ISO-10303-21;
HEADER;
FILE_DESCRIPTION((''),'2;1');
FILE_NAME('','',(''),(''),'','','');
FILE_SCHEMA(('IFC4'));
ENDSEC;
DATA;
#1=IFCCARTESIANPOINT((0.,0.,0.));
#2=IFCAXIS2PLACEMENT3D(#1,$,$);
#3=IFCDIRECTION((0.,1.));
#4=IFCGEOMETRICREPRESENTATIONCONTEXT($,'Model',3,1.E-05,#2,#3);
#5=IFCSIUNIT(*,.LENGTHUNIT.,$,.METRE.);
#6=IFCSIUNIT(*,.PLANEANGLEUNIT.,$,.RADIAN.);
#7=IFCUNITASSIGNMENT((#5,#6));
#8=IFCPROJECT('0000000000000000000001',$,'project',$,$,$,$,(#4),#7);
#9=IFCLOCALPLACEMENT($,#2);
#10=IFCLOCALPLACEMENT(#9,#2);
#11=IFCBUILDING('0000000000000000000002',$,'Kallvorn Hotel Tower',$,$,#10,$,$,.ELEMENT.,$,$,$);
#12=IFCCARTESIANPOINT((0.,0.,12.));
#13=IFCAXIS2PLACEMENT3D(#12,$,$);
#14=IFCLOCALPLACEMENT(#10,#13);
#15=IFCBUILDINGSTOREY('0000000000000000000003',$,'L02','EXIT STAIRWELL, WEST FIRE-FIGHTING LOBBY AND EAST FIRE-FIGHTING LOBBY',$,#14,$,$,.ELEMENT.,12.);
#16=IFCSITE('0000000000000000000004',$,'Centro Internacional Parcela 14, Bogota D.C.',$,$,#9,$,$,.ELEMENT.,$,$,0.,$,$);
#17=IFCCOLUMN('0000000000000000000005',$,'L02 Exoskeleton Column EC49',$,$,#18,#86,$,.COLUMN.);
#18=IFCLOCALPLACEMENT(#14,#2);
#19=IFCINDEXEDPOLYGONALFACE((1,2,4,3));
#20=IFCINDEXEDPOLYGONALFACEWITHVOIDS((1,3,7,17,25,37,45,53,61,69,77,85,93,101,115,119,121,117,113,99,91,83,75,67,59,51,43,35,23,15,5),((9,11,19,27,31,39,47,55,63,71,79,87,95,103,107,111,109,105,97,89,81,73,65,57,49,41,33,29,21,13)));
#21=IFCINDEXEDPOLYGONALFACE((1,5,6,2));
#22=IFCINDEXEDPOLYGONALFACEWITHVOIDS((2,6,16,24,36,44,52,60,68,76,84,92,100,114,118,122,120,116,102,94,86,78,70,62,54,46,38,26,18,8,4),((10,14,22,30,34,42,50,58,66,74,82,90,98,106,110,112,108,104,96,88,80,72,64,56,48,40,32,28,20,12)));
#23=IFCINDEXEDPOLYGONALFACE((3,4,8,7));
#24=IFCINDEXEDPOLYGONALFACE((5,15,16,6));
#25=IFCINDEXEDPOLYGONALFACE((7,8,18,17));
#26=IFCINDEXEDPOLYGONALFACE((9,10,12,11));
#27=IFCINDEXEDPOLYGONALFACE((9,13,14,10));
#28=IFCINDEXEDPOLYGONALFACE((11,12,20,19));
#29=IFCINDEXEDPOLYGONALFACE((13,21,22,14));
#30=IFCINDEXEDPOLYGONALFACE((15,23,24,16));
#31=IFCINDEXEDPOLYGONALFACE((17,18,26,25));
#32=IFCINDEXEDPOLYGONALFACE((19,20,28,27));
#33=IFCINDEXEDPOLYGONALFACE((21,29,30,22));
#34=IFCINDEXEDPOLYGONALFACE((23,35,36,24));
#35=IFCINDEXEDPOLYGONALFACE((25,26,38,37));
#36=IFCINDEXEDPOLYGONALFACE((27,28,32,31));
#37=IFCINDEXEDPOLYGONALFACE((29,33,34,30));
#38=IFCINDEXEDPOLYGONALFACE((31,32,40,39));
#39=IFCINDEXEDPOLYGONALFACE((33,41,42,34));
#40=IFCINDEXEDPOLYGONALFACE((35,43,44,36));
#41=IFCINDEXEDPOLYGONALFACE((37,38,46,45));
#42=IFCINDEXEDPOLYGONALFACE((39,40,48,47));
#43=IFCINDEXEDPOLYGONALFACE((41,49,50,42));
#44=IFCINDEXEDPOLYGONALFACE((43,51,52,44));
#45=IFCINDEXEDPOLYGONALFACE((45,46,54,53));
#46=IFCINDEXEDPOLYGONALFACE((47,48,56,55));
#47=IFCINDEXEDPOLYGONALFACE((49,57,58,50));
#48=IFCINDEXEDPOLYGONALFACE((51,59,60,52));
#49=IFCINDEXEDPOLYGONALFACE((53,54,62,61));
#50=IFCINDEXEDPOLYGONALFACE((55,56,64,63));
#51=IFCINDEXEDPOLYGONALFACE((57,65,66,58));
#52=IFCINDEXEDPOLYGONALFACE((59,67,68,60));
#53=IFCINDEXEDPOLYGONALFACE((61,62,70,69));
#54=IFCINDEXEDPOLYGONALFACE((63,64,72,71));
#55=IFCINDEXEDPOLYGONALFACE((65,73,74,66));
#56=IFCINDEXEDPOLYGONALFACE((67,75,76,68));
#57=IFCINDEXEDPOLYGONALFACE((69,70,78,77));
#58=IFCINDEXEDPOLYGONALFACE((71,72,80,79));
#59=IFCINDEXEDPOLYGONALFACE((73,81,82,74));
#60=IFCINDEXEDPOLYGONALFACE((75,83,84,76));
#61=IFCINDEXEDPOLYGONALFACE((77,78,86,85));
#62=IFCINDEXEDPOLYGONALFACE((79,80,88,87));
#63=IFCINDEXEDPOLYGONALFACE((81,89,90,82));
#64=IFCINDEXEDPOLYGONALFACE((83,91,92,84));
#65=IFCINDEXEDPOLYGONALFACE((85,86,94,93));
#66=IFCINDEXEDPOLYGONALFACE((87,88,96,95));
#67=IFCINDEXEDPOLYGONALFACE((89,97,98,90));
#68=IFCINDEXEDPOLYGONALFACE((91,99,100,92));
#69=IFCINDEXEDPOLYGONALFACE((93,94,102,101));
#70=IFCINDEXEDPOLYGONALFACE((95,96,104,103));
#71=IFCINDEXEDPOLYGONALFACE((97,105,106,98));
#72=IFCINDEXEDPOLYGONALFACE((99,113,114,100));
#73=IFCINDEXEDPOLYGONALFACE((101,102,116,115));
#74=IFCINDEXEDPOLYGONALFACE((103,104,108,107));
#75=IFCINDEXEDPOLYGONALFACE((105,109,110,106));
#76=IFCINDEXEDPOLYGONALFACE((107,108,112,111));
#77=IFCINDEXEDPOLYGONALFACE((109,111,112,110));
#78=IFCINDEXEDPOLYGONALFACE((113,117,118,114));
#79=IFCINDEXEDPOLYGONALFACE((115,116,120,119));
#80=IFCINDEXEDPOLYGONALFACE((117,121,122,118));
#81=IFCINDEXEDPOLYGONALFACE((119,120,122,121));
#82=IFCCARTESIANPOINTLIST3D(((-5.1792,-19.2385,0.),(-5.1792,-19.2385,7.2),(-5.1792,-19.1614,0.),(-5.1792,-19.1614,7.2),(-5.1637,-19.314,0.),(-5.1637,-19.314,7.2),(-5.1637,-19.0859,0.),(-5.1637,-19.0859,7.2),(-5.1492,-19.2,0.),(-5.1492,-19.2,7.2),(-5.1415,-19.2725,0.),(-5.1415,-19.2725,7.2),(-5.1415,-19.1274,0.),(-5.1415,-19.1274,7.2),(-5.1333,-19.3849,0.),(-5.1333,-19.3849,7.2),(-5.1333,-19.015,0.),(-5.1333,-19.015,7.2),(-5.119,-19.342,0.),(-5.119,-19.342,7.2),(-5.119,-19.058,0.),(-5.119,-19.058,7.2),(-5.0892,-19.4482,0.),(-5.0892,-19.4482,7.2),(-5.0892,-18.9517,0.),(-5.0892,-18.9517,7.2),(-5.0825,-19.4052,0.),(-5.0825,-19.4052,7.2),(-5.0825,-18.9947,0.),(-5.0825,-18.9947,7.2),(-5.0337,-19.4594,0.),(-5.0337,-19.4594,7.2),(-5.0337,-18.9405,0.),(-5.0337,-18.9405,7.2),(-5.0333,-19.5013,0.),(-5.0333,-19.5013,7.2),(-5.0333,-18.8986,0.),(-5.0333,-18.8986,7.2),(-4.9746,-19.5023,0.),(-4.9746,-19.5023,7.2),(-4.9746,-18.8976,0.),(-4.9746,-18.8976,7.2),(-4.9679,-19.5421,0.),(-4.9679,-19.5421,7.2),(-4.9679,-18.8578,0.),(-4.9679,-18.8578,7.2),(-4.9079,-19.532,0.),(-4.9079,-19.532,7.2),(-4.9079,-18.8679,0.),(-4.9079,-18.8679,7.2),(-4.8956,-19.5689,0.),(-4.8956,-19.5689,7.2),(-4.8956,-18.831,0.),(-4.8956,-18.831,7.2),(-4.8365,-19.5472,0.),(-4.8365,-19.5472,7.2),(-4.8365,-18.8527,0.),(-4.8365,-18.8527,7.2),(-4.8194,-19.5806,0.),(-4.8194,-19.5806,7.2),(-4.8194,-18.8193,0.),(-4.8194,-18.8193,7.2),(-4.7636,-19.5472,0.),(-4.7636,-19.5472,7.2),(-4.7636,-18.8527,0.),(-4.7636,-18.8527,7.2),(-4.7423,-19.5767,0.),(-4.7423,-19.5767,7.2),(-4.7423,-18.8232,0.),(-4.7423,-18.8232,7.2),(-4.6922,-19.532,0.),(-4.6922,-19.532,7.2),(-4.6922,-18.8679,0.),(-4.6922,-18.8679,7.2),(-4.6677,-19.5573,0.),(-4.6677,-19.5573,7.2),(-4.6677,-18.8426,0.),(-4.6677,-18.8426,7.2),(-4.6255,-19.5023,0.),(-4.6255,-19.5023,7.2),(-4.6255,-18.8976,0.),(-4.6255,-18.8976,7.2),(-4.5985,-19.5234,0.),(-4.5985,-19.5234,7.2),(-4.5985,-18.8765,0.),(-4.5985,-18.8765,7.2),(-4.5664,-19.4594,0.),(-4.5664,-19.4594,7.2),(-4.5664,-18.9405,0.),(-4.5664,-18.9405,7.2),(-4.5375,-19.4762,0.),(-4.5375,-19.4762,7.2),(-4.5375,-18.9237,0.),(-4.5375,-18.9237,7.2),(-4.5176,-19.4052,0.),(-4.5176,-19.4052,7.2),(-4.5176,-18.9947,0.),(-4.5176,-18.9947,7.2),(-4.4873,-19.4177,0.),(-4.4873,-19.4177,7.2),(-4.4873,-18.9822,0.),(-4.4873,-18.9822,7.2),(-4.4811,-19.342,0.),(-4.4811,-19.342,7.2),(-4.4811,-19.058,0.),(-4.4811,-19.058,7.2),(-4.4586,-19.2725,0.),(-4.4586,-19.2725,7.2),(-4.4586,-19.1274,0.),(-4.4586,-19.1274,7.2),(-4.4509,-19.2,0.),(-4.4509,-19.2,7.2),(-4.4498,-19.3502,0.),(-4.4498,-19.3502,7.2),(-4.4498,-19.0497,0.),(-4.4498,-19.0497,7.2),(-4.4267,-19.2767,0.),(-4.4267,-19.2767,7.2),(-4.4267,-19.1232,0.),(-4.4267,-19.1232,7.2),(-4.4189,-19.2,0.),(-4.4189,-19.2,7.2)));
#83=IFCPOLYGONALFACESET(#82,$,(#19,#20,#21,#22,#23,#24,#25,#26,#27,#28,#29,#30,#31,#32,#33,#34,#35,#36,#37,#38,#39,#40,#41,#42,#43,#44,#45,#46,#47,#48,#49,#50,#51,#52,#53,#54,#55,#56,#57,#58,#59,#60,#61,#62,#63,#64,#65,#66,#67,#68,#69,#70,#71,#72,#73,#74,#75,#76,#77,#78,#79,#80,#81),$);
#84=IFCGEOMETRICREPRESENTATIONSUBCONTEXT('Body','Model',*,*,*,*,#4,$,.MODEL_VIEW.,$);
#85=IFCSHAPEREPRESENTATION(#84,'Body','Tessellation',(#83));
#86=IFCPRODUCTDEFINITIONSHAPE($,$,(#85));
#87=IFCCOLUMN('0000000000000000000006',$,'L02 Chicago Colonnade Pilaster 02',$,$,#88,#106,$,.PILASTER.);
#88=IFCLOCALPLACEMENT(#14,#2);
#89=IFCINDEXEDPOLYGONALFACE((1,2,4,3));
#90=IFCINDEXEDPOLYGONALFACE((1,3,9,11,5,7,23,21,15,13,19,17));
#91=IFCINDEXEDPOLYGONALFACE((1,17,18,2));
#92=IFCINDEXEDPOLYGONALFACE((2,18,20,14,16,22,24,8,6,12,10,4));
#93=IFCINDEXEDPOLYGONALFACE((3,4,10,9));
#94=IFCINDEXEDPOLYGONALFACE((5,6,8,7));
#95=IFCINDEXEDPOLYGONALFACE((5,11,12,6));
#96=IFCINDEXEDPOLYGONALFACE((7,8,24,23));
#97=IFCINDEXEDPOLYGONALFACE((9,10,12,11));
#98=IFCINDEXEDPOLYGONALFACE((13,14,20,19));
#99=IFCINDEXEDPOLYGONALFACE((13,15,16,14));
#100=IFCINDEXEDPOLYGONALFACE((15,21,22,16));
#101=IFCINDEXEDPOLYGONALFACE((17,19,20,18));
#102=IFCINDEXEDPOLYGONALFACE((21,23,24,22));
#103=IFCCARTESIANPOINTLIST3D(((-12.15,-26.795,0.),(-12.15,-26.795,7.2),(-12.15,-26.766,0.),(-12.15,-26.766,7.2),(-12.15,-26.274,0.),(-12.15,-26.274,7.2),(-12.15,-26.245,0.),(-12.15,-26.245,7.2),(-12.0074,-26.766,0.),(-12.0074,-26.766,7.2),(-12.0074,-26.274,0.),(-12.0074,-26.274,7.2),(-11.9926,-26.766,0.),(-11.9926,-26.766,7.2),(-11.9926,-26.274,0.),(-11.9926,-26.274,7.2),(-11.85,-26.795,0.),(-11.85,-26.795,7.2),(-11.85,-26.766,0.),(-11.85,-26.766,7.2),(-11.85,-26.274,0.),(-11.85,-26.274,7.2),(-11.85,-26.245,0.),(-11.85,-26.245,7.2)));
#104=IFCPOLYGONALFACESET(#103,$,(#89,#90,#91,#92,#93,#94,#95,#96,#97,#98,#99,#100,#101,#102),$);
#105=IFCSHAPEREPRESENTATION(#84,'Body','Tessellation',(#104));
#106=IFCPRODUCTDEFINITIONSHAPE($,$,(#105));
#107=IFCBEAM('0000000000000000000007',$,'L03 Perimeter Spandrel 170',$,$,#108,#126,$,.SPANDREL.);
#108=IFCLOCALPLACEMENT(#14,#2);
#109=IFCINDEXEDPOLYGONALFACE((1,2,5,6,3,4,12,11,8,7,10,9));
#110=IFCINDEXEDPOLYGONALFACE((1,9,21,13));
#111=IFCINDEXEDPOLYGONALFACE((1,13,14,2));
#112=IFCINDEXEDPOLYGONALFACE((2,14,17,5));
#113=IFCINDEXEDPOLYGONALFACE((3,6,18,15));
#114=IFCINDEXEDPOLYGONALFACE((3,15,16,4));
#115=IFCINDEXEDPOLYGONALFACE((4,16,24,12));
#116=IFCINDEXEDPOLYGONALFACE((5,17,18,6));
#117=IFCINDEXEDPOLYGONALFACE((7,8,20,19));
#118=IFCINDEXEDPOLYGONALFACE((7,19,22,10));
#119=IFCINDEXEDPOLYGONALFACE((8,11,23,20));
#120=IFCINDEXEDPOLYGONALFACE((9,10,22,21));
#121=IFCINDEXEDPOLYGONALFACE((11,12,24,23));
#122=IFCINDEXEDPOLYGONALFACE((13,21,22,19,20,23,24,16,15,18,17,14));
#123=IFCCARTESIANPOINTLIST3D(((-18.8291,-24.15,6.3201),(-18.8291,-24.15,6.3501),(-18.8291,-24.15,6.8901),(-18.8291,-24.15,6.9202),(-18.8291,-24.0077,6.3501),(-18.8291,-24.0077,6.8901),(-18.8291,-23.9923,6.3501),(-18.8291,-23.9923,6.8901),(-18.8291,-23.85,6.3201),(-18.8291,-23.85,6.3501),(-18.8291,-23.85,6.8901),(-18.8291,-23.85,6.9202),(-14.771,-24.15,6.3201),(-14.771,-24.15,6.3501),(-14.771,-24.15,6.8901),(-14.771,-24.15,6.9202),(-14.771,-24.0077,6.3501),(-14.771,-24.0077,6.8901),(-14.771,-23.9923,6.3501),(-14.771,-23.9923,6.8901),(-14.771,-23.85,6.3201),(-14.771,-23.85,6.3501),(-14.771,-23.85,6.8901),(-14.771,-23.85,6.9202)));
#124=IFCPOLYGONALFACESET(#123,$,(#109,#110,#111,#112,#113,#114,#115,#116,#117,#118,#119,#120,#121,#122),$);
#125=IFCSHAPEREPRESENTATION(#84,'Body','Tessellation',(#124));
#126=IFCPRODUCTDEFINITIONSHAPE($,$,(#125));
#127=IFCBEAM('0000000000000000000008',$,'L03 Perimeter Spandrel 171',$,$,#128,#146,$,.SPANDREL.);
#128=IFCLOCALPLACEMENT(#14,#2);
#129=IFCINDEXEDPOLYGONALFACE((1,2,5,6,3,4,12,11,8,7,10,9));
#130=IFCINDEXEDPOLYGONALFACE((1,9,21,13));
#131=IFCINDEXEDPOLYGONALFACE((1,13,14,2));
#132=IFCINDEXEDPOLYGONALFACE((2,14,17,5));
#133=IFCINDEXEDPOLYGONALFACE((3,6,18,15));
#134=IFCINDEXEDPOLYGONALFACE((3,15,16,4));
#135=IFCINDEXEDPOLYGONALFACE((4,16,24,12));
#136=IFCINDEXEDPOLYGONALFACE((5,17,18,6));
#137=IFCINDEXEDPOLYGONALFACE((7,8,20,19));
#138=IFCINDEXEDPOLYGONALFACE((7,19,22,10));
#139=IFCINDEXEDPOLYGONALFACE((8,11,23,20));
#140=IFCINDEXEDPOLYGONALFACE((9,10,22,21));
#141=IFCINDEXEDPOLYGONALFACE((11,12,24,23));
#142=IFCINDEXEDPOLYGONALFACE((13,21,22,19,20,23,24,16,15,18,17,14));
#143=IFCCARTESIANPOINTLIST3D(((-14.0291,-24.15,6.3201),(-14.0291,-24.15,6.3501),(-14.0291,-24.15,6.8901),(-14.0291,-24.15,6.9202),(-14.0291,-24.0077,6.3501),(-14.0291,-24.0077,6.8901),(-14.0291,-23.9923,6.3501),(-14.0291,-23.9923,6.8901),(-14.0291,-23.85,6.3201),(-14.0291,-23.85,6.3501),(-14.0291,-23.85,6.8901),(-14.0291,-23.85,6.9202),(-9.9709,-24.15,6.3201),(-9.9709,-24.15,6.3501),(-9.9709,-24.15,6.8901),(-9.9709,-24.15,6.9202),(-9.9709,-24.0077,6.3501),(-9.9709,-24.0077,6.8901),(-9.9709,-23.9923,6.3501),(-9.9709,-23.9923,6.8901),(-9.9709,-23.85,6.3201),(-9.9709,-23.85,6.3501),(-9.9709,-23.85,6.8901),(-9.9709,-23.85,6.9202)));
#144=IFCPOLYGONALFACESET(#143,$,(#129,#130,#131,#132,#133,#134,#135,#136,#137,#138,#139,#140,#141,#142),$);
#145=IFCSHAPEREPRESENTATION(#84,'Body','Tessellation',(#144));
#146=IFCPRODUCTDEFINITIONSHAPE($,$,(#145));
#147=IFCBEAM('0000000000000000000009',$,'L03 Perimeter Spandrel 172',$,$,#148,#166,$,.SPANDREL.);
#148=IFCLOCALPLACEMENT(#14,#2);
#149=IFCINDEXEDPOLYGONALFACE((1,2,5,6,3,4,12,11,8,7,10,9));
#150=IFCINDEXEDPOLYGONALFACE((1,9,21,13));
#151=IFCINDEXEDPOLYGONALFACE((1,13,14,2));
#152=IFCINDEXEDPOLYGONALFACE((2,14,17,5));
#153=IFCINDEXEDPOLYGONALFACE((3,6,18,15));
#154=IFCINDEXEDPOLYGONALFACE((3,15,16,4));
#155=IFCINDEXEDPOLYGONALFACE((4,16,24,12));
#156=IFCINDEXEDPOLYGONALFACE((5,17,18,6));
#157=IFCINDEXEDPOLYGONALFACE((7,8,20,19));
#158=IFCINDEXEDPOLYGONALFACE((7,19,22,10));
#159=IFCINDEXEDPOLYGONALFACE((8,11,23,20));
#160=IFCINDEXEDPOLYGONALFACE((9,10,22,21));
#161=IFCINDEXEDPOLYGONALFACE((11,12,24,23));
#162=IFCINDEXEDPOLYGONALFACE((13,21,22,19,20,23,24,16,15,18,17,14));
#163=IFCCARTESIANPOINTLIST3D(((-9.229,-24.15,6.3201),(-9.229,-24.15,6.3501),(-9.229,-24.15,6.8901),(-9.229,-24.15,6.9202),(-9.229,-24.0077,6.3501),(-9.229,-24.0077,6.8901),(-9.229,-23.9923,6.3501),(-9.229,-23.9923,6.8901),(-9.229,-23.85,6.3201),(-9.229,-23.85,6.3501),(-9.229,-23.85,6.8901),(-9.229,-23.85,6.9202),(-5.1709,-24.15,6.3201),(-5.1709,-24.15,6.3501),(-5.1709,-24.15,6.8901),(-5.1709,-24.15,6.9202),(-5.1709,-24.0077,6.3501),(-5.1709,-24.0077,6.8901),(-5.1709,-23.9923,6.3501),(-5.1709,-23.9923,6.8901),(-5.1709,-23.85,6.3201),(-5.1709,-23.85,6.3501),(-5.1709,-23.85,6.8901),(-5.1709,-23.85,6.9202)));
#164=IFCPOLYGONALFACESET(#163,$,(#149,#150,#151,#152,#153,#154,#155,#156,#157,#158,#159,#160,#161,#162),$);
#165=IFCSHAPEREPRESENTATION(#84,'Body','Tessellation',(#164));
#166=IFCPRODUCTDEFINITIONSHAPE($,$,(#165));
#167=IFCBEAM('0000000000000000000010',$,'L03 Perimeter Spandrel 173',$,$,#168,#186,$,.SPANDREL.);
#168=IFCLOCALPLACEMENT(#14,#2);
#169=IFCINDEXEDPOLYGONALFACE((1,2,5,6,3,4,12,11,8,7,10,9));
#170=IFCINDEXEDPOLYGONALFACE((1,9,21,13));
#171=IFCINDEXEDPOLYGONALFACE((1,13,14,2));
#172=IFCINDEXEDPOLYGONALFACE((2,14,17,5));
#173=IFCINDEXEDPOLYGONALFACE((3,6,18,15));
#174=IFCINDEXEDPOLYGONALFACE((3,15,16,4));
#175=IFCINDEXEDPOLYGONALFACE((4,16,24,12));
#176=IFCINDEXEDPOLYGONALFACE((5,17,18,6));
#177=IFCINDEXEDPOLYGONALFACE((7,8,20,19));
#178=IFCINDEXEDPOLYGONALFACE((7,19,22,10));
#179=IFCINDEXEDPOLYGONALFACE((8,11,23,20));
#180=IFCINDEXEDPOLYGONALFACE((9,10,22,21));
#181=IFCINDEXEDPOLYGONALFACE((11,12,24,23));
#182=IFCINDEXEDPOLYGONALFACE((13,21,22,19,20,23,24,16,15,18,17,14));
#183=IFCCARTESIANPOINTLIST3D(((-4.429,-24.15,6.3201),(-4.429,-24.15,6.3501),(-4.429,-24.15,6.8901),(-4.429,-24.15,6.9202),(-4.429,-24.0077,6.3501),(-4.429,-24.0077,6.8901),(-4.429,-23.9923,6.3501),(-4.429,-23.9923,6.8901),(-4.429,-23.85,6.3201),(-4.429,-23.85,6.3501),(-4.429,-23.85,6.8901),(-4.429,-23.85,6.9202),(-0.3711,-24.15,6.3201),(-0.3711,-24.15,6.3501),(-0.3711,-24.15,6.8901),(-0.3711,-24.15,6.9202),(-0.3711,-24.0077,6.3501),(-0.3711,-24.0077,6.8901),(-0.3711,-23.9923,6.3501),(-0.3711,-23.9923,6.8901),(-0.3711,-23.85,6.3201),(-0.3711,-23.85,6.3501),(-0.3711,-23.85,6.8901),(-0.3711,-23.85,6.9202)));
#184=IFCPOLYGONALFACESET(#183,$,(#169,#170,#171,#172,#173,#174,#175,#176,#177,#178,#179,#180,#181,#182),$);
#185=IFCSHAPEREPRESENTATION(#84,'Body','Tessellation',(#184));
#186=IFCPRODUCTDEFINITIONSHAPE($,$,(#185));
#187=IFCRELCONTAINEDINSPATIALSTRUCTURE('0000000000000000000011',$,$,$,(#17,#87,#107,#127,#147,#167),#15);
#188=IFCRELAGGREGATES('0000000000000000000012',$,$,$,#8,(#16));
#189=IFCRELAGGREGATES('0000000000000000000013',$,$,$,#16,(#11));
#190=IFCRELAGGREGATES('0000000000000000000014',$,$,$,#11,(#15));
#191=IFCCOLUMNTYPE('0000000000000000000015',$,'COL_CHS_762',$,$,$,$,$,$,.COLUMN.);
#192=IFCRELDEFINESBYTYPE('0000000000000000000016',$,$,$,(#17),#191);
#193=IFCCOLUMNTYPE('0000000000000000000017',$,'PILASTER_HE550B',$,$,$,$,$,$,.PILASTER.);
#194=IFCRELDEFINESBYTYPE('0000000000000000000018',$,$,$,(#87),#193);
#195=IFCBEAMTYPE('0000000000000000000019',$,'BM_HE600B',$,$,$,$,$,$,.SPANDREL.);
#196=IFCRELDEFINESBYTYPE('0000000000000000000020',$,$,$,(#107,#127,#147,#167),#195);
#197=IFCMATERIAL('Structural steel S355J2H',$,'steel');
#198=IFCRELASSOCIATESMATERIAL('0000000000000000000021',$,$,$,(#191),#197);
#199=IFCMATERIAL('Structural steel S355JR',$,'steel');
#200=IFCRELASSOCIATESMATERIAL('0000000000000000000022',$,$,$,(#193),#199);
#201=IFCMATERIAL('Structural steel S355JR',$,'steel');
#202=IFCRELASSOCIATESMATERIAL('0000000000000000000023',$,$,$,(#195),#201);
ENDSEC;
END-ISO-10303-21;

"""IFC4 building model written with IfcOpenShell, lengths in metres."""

from ifc_helpers import new_model, si_unit, direction, frame, origin, origin_2d, place, context, subcontext, project, spatial, hollow_circle, i_section, extrude, material, material_profile, profile_set, type_object, element, save


model = new_model("IFC4")

# Units and contexts
model_context = context("Model", 3, precision=1e-05, world=origin(), true_north=direction((0.0, 1.0)))
body_context = subcontext(model_context, "Body", "Model", "MODEL_VIEW")
ifc_project = project(units=[si_unit("LENGTHUNIT", "METRE"), si_unit("PLANEANGLEUNIT", "RADIAN")], contexts=[model_context])

# Site, building, storey
site_placement = place(None, origin())
site = spatial("IfcSite", under=ifc_project, at=site_placement, Name="Centro Internacional Parcela 14, Bogota D.C.", CompositionType="ELEMENT", RefElevation=0.0)
building_placement = place(site_placement, origin())
building = spatial("IfcBuilding", under=site, at=building_placement, Name="Kallvorn Hotel Tower", CompositionType="ELEMENT")
storey_placement = place(building_placement, frame((0.0, 0.0, 12.0)))
storey = spatial("IfcBuildingStorey", under=building, at=storey_placement, Name="L02", Description="EXIT STAIRWELL, WEST FIRE-FIGHTING LOBBY AND EAST FIRE-FIGHTING LOBBY", CompositionType="ELEMENT", Elevation=12.0)

# Columns
ifc_material_1 = material(Name="Structural steel S355J2H", Category="steel")
ifc_material_profile_1 = material_profile(ifc_material_1, hollow_circle(Radius=0.3811, WallThickness=0.032, at=origin_2d()), Name="CHS 762x32")
ifc_profile_set_1 = profile_set([ifc_material_profile_1], Name="Structural steel S355J2H")
column_type_1 = type_object("IfcColumnType", Name="COL_CHS_762", PredefinedType="COLUMN", material=ifc_profile_set_1)
column_1_placement = place(storey_placement, frame((-4.8, -19.2, 0.0), z_axis=(0.0, 0.0, 1.0), x_axis=(1.0, 0.0, 0.0)))
element("IfcColumn", 1, at=column_1_placement, inside=storey, type_object=column_type_1, Name="L02 Exoskeleton Column EC49", PredefinedType="COLUMN", context=body_context, shape_type="SweptSolid", body=[
    extrude(hollow_circle(Radius=0.3811, WallThickness=0.032, at=origin_2d()), origin(), (0.0, 0.0, 1.0), 7.2),
])
ifc_material_2 = material(Name="Structural steel S355JR", Category="steel")
ifc_material_profile_2 = material_profile(ifc_material_2, i_section(OverallWidth=0.3, OverallDepth=0.55, WebThickness=0.0149, FlangeThickness=0.0291, at=origin_2d()), Name="HE 550 B")
ifc_profile_set_2 = profile_set([ifc_material_profile_2], Name="Structural steel S355JR")
column_type_2 = type_object("IfcColumnType", Name="PILASTER_HE550B", PredefinedType="PILASTER", material=ifc_profile_set_2)
column_2_placement = place(storey_placement, frame((-12.0, -26.52, 0.0), z_axis=(0.0, 0.0, 1.0), x_axis=(1.0, 0.0, 0.0)))
element("IfcColumn", 2, at=column_2_placement, inside=storey, type_object=column_type_2, Name="L02 Chicago Colonnade Pilaster 02", PredefinedType="PILASTER", context=body_context, shape_type="SweptSolid", body=[
    extrude(i_section(OverallWidth=0.3, OverallDepth=0.55, WebThickness=0.0149, FlangeThickness=0.0291, at=origin_2d()), origin(), (0.0, 0.0, 1.0), 7.2),
])

# Beams
ifc_material_3 = material(Name="Structural steel S355JR", Category="steel")
ifc_material_profile_3 = material_profile(ifc_material_3, i_section(OverallWidth=0.3, OverallDepth=0.6001, WebThickness=0.0154, FlangeThickness=0.03, at=origin_2d()), Name="HE 600 B")
ifc_profile_set_3 = profile_set([ifc_material_profile_3], Name="Structural steel S355JR")
beam_type_1 = type_object("IfcBeamType", Name="BM_HE600B", PredefinedType="SPANDREL", material=ifc_profile_set_3)
for number, where, z_axis, x_axis, name in (
    (3, (-18.8291, -24.0, 6.6201), (1.0, 0.0, 0.0), (0.0, 1.0, 0.0), "L03 Perimeter Spandrel 170"),
    (4, (-14.0291, -24.0, 6.6201), (1.0, 0.0, 0.0), (0.0, 1.0, 0.0), "L03 Perimeter Spandrel 171"),
    (5, (-9.229, -24.0, 6.6201), (1.0, 0.0, 0.0), (0.0, 1.0, 0.0), "L03 Perimeter Spandrel 172"),
):
    element("IfcBeam", number, at=place(storey_placement, frame(where, z_axis=z_axis, x_axis=x_axis)), inside=storey, type_object=beam_type_1, Name=name, PredefinedType="SPANDREL", context=body_context, shape_type="SweptSolid", body=[
        extrude(i_section(OverallWidth=0.3, OverallDepth=0.6001, WebThickness=0.0154, FlangeThickness=0.03, at=origin_2d()), origin(), (0.0, 0.0, 1.0), 4.0581),
    ])
beam_1_placement = place(storey_placement, frame((-4.429, -24.0, 6.6201), z_axis=(1.0, 0.0, 0.0), x_axis=(0.0, 1.0, 0.0)))
element("IfcBeam", 6, at=beam_1_placement, inside=storey, type_object=beam_type_1, Name="L03 Perimeter Spandrel 173", PredefinedType="SPANDREL", context=body_context, shape_type="SweptSolid", body=[
    extrude(i_section(OverallWidth=0.3, OverallDepth=0.6001, WebThickness=0.0154, FlangeThickness=0.03, at=origin_2d()), origin(), (0.0, 0.0, 1.0), 4.0579),
])

save(model, "model.ifc")
